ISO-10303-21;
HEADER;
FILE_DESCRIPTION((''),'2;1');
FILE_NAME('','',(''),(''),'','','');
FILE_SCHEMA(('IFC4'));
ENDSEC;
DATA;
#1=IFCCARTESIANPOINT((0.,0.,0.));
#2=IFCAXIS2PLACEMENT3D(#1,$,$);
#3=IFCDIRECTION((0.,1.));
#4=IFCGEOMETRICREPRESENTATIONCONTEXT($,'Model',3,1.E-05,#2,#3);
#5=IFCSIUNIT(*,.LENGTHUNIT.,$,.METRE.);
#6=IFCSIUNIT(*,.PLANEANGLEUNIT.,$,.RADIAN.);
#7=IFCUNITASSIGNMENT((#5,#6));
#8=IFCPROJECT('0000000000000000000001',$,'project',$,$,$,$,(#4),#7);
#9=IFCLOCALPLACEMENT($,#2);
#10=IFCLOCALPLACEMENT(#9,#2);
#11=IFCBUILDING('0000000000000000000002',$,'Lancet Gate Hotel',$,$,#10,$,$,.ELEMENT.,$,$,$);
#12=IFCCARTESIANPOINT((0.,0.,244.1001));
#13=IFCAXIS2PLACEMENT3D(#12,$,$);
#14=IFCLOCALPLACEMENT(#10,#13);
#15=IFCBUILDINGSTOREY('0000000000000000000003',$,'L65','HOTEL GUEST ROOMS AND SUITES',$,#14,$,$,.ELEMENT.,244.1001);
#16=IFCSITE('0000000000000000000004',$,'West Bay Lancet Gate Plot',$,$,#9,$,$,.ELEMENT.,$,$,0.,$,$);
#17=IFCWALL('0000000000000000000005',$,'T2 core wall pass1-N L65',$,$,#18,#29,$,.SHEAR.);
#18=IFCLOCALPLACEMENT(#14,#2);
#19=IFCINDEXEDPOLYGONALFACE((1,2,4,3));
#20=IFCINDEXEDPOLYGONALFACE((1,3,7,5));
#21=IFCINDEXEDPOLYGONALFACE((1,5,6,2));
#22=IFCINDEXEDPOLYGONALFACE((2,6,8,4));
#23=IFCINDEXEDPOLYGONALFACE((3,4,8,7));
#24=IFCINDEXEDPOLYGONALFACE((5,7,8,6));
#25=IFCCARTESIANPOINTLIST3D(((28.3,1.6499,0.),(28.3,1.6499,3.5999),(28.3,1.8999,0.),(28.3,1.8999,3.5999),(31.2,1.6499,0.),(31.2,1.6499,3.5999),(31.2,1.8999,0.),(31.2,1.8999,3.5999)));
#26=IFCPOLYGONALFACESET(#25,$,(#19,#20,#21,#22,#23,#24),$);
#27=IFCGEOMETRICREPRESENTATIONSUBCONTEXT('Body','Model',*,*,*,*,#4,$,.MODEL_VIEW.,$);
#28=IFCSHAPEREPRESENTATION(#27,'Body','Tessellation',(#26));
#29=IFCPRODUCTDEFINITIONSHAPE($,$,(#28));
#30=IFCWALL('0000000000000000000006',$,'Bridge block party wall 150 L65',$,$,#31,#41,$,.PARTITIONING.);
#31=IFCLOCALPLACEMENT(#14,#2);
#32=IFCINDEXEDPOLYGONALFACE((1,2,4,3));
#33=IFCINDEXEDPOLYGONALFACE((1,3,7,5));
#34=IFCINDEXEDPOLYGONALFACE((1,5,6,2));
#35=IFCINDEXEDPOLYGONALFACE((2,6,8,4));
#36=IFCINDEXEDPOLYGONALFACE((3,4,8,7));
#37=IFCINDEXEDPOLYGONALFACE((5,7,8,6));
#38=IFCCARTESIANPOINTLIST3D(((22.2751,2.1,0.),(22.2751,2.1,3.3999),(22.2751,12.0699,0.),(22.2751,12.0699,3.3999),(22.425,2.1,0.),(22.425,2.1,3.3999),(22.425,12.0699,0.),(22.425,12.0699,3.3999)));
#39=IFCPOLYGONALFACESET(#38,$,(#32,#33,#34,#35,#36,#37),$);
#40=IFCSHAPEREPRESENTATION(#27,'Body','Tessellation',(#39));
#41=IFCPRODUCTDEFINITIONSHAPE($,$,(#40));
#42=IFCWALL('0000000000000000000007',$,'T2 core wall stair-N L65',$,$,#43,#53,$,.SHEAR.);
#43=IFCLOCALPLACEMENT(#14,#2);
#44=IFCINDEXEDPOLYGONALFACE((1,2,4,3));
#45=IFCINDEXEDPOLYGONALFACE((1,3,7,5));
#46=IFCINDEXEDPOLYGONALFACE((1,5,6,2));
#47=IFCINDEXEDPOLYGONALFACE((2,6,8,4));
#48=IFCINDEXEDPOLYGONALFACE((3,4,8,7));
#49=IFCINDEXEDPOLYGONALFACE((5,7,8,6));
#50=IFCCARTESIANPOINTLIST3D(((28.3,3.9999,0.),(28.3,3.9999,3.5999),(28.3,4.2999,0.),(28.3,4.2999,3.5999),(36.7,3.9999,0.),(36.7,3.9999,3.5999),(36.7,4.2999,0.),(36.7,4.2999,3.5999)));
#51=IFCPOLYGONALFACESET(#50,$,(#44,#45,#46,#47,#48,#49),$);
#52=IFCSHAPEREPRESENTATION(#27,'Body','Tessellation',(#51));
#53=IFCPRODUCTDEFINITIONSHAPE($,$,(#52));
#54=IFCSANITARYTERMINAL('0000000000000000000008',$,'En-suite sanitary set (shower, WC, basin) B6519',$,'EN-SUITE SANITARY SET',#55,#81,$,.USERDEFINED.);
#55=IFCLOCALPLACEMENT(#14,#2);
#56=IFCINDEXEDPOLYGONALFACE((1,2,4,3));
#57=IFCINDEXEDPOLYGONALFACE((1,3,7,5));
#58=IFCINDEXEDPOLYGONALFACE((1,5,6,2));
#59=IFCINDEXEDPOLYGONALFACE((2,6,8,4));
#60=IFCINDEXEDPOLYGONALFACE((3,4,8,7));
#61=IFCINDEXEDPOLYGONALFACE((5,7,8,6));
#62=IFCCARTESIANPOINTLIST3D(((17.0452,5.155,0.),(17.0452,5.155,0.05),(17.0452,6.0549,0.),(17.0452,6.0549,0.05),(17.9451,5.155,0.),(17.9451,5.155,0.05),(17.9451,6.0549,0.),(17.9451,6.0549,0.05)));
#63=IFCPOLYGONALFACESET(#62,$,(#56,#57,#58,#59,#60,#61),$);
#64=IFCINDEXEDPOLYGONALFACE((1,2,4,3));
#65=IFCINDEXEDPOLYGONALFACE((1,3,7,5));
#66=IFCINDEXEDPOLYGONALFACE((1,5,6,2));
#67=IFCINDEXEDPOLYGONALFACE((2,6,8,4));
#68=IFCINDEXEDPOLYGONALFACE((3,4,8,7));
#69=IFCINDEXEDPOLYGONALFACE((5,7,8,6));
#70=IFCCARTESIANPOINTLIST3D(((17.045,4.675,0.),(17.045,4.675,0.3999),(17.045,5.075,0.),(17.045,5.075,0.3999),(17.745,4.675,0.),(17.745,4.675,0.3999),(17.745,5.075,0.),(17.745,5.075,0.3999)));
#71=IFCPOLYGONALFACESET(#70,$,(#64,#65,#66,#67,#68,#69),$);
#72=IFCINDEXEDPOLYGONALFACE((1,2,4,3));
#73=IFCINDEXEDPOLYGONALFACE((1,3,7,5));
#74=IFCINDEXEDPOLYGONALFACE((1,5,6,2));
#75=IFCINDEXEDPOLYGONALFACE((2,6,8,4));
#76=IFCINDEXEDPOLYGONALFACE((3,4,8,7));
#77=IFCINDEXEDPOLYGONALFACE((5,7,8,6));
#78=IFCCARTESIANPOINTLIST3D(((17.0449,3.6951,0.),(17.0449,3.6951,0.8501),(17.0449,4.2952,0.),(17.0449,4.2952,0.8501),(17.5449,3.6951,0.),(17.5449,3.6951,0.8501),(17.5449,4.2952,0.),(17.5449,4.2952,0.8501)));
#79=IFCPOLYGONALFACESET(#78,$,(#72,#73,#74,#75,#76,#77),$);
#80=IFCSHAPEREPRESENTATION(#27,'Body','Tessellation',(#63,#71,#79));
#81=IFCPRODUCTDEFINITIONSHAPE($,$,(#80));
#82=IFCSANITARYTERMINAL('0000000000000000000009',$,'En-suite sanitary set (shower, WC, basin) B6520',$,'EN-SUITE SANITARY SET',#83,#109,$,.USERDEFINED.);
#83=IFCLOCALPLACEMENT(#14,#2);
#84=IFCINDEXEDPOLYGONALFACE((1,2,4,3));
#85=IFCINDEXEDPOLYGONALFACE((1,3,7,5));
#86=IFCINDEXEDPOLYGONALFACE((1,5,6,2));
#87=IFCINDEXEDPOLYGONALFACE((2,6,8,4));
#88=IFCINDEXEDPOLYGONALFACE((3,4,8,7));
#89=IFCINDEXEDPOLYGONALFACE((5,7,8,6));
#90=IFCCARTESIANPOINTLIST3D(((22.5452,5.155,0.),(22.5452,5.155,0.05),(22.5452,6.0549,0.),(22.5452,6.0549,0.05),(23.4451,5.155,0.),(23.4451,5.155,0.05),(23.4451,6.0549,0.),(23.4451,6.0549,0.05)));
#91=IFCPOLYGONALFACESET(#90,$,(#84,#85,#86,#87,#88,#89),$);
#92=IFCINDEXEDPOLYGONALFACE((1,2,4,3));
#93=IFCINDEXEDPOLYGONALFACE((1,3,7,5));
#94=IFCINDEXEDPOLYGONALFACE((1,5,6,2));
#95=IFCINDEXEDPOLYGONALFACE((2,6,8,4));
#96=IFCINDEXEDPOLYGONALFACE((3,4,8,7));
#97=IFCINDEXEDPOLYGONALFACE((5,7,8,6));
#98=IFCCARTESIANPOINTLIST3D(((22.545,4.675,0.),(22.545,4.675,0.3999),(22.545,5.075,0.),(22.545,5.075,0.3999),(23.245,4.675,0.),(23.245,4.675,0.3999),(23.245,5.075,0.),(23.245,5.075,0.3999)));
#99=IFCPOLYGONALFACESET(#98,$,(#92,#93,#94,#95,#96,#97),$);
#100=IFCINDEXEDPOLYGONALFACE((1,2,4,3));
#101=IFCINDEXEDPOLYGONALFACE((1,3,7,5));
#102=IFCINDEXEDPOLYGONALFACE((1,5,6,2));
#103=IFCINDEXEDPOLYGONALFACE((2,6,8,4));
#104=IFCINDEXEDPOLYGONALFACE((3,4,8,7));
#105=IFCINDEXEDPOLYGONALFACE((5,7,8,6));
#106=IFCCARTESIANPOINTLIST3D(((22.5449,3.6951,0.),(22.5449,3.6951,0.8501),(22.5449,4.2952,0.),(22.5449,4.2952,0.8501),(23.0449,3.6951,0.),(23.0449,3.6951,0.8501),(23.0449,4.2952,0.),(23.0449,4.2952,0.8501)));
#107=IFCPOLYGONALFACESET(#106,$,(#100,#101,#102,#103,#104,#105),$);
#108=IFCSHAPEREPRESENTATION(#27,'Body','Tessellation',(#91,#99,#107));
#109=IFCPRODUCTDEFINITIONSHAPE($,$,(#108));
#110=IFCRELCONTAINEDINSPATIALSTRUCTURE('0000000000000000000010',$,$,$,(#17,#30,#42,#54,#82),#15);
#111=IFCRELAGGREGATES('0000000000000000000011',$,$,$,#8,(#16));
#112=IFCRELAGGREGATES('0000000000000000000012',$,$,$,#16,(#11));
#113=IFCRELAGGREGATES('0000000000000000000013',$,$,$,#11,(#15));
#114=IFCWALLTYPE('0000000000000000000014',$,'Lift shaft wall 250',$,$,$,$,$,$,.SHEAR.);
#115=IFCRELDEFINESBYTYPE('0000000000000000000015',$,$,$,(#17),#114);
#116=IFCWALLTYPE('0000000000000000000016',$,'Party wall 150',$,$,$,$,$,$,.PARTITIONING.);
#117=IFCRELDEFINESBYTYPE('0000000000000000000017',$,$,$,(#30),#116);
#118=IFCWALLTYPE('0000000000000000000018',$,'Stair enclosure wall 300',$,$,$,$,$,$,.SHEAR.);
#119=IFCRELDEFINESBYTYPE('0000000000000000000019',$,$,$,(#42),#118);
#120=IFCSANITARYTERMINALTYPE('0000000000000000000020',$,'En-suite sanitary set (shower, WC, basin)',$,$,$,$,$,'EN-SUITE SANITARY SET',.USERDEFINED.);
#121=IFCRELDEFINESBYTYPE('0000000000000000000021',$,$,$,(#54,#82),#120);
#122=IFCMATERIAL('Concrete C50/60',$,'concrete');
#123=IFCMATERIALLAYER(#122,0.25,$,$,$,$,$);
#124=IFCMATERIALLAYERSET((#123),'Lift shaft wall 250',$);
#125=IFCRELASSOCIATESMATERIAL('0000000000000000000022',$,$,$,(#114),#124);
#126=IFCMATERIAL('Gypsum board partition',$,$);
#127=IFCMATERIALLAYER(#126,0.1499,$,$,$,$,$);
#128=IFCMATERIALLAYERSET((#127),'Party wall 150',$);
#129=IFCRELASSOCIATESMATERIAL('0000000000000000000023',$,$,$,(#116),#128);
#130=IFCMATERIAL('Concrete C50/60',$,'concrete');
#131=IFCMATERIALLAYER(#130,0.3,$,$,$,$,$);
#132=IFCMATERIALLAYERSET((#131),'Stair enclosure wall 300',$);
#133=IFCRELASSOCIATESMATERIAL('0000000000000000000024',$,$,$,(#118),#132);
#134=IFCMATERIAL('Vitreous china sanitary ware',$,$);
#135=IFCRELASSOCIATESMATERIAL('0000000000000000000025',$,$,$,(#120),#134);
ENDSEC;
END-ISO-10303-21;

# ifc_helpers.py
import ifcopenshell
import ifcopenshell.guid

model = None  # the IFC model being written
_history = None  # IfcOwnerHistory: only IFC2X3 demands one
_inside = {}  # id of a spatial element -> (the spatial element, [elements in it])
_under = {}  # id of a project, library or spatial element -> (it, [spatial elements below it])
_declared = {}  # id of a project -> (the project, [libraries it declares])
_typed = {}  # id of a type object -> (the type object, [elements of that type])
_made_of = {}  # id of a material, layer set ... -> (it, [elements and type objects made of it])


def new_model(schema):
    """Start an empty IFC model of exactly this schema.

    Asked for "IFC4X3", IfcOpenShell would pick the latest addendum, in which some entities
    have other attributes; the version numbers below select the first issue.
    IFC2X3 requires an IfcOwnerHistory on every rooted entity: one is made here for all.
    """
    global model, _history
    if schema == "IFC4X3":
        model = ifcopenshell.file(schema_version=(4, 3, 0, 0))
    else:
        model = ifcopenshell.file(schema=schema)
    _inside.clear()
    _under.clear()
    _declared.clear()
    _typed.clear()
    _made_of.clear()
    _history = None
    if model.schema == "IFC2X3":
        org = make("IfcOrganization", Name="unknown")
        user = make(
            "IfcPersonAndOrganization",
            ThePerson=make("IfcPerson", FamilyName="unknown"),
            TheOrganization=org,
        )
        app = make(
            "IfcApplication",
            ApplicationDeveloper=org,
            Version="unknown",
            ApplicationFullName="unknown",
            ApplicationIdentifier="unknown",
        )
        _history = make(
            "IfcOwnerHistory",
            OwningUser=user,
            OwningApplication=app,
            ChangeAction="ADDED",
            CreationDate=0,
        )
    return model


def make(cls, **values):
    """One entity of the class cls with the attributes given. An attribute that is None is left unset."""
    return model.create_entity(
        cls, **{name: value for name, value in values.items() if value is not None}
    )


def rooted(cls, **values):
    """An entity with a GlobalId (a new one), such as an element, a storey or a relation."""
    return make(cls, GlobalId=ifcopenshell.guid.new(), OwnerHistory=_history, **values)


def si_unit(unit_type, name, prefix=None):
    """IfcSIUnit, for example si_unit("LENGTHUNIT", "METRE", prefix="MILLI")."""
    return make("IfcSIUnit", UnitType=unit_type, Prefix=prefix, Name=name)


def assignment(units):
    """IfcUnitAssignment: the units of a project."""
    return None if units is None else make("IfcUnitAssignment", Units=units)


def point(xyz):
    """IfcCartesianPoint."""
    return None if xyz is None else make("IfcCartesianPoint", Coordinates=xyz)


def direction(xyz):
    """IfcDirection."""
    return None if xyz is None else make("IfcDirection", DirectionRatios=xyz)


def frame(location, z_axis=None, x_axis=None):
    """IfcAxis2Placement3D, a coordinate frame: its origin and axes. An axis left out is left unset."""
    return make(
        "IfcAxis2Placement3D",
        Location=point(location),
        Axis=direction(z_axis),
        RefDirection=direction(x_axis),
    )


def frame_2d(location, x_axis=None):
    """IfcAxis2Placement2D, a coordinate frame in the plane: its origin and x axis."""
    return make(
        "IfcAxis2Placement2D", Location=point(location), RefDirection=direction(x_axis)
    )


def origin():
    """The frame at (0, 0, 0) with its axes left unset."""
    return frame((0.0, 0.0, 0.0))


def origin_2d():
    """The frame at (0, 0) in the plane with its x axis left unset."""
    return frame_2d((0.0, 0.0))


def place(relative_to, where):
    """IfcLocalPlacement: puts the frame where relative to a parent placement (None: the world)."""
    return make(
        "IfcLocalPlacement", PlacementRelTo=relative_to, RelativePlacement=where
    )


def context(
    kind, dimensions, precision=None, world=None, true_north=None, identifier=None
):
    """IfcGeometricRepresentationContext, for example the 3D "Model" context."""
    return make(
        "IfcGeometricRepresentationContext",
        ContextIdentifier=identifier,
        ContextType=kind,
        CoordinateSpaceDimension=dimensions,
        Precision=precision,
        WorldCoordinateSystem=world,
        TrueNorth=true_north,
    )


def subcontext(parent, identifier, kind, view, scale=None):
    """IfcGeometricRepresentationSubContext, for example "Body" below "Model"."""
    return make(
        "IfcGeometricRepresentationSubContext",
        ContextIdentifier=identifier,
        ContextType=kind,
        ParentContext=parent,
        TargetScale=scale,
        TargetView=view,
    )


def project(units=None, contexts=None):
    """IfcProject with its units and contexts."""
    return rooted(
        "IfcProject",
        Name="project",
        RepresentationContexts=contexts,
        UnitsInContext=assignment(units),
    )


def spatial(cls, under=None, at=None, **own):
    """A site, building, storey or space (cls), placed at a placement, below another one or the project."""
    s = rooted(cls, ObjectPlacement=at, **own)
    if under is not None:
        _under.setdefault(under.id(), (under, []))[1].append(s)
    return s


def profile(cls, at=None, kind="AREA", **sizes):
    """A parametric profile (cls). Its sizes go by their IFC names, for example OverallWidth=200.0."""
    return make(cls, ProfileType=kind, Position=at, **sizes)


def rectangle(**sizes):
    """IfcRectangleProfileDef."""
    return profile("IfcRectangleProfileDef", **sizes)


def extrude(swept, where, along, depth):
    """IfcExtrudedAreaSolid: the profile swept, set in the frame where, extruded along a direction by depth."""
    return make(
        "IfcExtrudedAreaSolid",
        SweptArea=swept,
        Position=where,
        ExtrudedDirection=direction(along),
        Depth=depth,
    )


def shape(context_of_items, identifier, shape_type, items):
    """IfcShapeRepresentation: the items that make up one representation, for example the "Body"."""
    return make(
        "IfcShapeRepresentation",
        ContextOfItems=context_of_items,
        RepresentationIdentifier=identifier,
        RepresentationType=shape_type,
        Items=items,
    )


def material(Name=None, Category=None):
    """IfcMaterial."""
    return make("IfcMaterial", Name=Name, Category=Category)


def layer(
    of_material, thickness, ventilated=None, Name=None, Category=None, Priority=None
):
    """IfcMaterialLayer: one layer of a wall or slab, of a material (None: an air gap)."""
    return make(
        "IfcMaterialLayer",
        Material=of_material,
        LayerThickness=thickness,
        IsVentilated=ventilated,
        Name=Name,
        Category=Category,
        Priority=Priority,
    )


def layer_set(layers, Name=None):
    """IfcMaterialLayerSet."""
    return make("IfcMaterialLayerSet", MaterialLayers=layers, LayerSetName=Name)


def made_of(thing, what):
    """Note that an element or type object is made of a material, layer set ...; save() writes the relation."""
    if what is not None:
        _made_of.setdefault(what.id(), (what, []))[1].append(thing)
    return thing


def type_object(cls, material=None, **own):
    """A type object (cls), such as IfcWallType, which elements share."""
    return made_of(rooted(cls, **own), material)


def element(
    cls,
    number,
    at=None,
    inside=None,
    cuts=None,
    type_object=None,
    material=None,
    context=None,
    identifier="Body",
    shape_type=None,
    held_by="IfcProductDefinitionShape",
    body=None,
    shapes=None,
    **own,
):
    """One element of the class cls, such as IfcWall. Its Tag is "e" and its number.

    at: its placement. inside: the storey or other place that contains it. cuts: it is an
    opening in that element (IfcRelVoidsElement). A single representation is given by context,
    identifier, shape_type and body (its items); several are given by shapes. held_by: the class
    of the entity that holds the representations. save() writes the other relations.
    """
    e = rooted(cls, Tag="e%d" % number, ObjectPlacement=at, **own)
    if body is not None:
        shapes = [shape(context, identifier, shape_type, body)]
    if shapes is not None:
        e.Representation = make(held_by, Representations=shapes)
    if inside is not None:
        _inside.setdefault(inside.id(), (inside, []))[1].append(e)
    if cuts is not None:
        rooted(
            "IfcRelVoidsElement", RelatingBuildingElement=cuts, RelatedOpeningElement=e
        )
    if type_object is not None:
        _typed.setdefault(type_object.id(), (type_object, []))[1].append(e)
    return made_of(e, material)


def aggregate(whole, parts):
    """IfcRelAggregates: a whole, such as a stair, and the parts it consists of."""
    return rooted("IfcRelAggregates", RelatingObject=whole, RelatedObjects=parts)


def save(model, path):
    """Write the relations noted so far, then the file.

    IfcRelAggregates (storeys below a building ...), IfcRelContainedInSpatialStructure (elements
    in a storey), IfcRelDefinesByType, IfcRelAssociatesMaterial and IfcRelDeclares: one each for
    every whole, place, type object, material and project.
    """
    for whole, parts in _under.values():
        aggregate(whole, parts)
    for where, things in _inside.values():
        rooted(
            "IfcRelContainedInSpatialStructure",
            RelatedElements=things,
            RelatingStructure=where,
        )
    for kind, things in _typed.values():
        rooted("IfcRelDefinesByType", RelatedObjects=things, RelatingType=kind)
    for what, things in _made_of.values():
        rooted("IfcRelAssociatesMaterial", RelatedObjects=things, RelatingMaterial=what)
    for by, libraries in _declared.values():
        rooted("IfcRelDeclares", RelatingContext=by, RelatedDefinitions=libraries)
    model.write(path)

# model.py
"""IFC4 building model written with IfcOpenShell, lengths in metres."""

from ifc_helpers import new_model, si_unit, direction, frame, frame_2d, origin, origin_2d, place, context, subcontext, project, spatial, rectangle, extrude, material, layer, layer_set, type_object, element, save


model = new_model("IFC4")

# Units and contexts
model_context = context("Model", 3, precision=1e-05, world=origin(), true_north=direction((0.0, 1.0)))
body_context = subcontext(model_context, "Body", "Model", "MODEL_VIEW")
ifc_project = project(units=[si_unit("LENGTHUNIT", "METRE"), si_unit("PLANEANGLEUNIT", "RADIAN")], contexts=[model_context])

# Site, building, storey
site_placement = place(None, origin())
site = spatial("IfcSite", under=ifc_project, at=site_placement, Name="West Bay Lancet Gate Plot", CompositionType="ELEMENT", RefElevation=0.0)
building_placement = place(site_placement, origin())
building = spatial("IfcBuilding", under=site, at=building_placement, Name="Lancet Gate Hotel", CompositionType="ELEMENT")
storey_placement = place(building_placement, frame((0.0, 0.0, 244.1001)))
storey = spatial("IfcBuildingStorey", under=building, at=storey_placement, Name="L65", Description="HOTEL GUEST ROOMS AND SUITES", CompositionType="ELEMENT", Elevation=244.1001)

# Walls
ifc_material_1 = material(Name="Concrete C50/60", Category="concrete")
ifc_layer_1 = layer(ifc_material_1, 0.25)
ifc_layer_set_1 = layer_set([ifc_layer_1], Name="Lift shaft wall 250")
wall_type_1 = type_object("IfcWallType", Name="Lift shaft wall 250", PredefinedType="SHEAR", material=ifc_layer_set_1)
wall_1_placement = place(storey_placement, frame((28.3, 1.7749, 0.0), z_axis=(0.0, 0.0, 1.0), x_axis=(1.0, 0.0, 0.0)))
element("IfcWall", 1, at=wall_1_placement, inside=storey, type_object=wall_type_1, Name="T2 core wall pass1-N L65", PredefinedType="SHEAR", context=body_context, shape_type="SweptSolid", body=[
    extrude(rectangle(XDim=2.8999, YDim=0.25, at=frame_2d((1.45, 0.0))), origin(), (0.0, 0.0, 1.0), 3.5999),
])
ifc_material_2 = material(Name="Gypsum board partition")
ifc_layer_2 = layer(ifc_material_2, 0.1499)
ifc_layer_set_2 = layer_set([ifc_layer_2], Name="Party wall 150")
wall_type_2 = type_object("IfcWallType", Name="Party wall 150", PredefinedType="PARTITIONING", material=ifc_layer_set_2)
wall_2_placement = place(storey_placement, frame((22.3501, 2.1001, 0.0), z_axis=(0.0, 0.0, 1.0), x_axis=(0.0, 1.0, 0.0)))
element("IfcWall", 2, at=wall_2_placement, inside=storey, type_object=wall_type_2, Name="Bridge block party wall 150 L65", PredefinedType="PARTITIONING", context=body_context, shape_type="SweptSolid", body=[
    extrude(rectangle(XDim=9.97, YDim=0.1499, at=frame_2d((4.9849, 0.0))), origin(), (0.0, 0.0, 1.0), 3.3999),
])
ifc_material_3 = material(Name="Concrete C50/60", Category="concrete")
ifc_layer_3 = layer(ifc_material_3, 0.3)
ifc_layer_set_3 = layer_set([ifc_layer_3], Name="Stair enclosure wall 300")
wall_type_3 = type_object("IfcWallType", Name="Stair enclosure wall 300", PredefinedType="SHEAR", material=ifc_layer_set_3)
wall_3_placement = place(storey_placement, frame((28.3, 4.1499, 0.0), z_axis=(0.0, 0.0, 1.0), x_axis=(1.0, 0.0, 0.0)))
element("IfcWall", 3, at=wall_3_placement, inside=storey, type_object=wall_type_3, Name="T2 core wall stair-N L65", PredefinedType="SHEAR", context=body_context, shape_type="SweptSolid", body=[
    extrude(rectangle(XDim=8.3999, YDim=0.3, at=frame_2d((4.2, 0.0))), origin(), (0.0, 0.0, 1.0), 3.5999),
])

# Sanitary terminals
ifc_material_4 = material(Name="Vitreous china sanitary ware")
sanitary_terminal_type = type_object("IfcSanitaryTerminalType", Name="En-suite sanitary set (shower, WC, basin)", ElementType="EN-SUITE SANITARY SET", PredefinedType="USERDEFINED", material=ifc_material_4)
for number, where, z_axis, x_axis, name in (
    (4, (17.4951, 5.605, 0.0), (0.0, 0.0, 1.0), (1.0, 0.0, 0.0), "En-suite sanitary set (shower, WC, basin) B6519"),
    (5, (22.9951, 5.605, 0.0), (0.0, 0.0, 1.0), (1.0, 0.0, 0.0), "En-suite sanitary set (shower, WC, basin) B6520"),
):
    element("IfcSanitaryTerminal", number, at=place(storey_placement, frame(where, z_axis=z_axis, x_axis=x_axis)), inside=storey, type_object=sanitary_terminal_type, Name=name, ObjectType="EN-SUITE SANITARY SET", PredefinedType="USERDEFINED", context=body_context, shape_type="SweptSolid", body=[
        extrude(rectangle(XDim=0.8999, YDim=0.8999, at=origin_2d()), frame((0.0, 0.0, 0.0), z_axis=(0.0, 0.0, 1.0), x_axis=(0.0, 1.0, 0.0)), (0.0, 0.0, 1.0), 0.05),
        extrude(rectangle(XDim=0.3999, YDim=0.7, at=origin_2d()), frame((-0.1001, -0.73, 0.0), z_axis=(0.0, 0.0, 1.0), x_axis=(0.0, 1.0, 0.0)), (0.0, 0.0, 1.0), 0.3999),
        extrude(rectangle(XDim=0.6001, YDim=0.5, at=origin_2d()), frame((-0.2002, -1.6099, 0.0), z_axis=(0.0, 0.0, 1.0), x_axis=(0.0, 1.0, 0.0)), (0.0, 0.0, 1.0), 0.8501),
    ])

save(model, "model.ifc")
